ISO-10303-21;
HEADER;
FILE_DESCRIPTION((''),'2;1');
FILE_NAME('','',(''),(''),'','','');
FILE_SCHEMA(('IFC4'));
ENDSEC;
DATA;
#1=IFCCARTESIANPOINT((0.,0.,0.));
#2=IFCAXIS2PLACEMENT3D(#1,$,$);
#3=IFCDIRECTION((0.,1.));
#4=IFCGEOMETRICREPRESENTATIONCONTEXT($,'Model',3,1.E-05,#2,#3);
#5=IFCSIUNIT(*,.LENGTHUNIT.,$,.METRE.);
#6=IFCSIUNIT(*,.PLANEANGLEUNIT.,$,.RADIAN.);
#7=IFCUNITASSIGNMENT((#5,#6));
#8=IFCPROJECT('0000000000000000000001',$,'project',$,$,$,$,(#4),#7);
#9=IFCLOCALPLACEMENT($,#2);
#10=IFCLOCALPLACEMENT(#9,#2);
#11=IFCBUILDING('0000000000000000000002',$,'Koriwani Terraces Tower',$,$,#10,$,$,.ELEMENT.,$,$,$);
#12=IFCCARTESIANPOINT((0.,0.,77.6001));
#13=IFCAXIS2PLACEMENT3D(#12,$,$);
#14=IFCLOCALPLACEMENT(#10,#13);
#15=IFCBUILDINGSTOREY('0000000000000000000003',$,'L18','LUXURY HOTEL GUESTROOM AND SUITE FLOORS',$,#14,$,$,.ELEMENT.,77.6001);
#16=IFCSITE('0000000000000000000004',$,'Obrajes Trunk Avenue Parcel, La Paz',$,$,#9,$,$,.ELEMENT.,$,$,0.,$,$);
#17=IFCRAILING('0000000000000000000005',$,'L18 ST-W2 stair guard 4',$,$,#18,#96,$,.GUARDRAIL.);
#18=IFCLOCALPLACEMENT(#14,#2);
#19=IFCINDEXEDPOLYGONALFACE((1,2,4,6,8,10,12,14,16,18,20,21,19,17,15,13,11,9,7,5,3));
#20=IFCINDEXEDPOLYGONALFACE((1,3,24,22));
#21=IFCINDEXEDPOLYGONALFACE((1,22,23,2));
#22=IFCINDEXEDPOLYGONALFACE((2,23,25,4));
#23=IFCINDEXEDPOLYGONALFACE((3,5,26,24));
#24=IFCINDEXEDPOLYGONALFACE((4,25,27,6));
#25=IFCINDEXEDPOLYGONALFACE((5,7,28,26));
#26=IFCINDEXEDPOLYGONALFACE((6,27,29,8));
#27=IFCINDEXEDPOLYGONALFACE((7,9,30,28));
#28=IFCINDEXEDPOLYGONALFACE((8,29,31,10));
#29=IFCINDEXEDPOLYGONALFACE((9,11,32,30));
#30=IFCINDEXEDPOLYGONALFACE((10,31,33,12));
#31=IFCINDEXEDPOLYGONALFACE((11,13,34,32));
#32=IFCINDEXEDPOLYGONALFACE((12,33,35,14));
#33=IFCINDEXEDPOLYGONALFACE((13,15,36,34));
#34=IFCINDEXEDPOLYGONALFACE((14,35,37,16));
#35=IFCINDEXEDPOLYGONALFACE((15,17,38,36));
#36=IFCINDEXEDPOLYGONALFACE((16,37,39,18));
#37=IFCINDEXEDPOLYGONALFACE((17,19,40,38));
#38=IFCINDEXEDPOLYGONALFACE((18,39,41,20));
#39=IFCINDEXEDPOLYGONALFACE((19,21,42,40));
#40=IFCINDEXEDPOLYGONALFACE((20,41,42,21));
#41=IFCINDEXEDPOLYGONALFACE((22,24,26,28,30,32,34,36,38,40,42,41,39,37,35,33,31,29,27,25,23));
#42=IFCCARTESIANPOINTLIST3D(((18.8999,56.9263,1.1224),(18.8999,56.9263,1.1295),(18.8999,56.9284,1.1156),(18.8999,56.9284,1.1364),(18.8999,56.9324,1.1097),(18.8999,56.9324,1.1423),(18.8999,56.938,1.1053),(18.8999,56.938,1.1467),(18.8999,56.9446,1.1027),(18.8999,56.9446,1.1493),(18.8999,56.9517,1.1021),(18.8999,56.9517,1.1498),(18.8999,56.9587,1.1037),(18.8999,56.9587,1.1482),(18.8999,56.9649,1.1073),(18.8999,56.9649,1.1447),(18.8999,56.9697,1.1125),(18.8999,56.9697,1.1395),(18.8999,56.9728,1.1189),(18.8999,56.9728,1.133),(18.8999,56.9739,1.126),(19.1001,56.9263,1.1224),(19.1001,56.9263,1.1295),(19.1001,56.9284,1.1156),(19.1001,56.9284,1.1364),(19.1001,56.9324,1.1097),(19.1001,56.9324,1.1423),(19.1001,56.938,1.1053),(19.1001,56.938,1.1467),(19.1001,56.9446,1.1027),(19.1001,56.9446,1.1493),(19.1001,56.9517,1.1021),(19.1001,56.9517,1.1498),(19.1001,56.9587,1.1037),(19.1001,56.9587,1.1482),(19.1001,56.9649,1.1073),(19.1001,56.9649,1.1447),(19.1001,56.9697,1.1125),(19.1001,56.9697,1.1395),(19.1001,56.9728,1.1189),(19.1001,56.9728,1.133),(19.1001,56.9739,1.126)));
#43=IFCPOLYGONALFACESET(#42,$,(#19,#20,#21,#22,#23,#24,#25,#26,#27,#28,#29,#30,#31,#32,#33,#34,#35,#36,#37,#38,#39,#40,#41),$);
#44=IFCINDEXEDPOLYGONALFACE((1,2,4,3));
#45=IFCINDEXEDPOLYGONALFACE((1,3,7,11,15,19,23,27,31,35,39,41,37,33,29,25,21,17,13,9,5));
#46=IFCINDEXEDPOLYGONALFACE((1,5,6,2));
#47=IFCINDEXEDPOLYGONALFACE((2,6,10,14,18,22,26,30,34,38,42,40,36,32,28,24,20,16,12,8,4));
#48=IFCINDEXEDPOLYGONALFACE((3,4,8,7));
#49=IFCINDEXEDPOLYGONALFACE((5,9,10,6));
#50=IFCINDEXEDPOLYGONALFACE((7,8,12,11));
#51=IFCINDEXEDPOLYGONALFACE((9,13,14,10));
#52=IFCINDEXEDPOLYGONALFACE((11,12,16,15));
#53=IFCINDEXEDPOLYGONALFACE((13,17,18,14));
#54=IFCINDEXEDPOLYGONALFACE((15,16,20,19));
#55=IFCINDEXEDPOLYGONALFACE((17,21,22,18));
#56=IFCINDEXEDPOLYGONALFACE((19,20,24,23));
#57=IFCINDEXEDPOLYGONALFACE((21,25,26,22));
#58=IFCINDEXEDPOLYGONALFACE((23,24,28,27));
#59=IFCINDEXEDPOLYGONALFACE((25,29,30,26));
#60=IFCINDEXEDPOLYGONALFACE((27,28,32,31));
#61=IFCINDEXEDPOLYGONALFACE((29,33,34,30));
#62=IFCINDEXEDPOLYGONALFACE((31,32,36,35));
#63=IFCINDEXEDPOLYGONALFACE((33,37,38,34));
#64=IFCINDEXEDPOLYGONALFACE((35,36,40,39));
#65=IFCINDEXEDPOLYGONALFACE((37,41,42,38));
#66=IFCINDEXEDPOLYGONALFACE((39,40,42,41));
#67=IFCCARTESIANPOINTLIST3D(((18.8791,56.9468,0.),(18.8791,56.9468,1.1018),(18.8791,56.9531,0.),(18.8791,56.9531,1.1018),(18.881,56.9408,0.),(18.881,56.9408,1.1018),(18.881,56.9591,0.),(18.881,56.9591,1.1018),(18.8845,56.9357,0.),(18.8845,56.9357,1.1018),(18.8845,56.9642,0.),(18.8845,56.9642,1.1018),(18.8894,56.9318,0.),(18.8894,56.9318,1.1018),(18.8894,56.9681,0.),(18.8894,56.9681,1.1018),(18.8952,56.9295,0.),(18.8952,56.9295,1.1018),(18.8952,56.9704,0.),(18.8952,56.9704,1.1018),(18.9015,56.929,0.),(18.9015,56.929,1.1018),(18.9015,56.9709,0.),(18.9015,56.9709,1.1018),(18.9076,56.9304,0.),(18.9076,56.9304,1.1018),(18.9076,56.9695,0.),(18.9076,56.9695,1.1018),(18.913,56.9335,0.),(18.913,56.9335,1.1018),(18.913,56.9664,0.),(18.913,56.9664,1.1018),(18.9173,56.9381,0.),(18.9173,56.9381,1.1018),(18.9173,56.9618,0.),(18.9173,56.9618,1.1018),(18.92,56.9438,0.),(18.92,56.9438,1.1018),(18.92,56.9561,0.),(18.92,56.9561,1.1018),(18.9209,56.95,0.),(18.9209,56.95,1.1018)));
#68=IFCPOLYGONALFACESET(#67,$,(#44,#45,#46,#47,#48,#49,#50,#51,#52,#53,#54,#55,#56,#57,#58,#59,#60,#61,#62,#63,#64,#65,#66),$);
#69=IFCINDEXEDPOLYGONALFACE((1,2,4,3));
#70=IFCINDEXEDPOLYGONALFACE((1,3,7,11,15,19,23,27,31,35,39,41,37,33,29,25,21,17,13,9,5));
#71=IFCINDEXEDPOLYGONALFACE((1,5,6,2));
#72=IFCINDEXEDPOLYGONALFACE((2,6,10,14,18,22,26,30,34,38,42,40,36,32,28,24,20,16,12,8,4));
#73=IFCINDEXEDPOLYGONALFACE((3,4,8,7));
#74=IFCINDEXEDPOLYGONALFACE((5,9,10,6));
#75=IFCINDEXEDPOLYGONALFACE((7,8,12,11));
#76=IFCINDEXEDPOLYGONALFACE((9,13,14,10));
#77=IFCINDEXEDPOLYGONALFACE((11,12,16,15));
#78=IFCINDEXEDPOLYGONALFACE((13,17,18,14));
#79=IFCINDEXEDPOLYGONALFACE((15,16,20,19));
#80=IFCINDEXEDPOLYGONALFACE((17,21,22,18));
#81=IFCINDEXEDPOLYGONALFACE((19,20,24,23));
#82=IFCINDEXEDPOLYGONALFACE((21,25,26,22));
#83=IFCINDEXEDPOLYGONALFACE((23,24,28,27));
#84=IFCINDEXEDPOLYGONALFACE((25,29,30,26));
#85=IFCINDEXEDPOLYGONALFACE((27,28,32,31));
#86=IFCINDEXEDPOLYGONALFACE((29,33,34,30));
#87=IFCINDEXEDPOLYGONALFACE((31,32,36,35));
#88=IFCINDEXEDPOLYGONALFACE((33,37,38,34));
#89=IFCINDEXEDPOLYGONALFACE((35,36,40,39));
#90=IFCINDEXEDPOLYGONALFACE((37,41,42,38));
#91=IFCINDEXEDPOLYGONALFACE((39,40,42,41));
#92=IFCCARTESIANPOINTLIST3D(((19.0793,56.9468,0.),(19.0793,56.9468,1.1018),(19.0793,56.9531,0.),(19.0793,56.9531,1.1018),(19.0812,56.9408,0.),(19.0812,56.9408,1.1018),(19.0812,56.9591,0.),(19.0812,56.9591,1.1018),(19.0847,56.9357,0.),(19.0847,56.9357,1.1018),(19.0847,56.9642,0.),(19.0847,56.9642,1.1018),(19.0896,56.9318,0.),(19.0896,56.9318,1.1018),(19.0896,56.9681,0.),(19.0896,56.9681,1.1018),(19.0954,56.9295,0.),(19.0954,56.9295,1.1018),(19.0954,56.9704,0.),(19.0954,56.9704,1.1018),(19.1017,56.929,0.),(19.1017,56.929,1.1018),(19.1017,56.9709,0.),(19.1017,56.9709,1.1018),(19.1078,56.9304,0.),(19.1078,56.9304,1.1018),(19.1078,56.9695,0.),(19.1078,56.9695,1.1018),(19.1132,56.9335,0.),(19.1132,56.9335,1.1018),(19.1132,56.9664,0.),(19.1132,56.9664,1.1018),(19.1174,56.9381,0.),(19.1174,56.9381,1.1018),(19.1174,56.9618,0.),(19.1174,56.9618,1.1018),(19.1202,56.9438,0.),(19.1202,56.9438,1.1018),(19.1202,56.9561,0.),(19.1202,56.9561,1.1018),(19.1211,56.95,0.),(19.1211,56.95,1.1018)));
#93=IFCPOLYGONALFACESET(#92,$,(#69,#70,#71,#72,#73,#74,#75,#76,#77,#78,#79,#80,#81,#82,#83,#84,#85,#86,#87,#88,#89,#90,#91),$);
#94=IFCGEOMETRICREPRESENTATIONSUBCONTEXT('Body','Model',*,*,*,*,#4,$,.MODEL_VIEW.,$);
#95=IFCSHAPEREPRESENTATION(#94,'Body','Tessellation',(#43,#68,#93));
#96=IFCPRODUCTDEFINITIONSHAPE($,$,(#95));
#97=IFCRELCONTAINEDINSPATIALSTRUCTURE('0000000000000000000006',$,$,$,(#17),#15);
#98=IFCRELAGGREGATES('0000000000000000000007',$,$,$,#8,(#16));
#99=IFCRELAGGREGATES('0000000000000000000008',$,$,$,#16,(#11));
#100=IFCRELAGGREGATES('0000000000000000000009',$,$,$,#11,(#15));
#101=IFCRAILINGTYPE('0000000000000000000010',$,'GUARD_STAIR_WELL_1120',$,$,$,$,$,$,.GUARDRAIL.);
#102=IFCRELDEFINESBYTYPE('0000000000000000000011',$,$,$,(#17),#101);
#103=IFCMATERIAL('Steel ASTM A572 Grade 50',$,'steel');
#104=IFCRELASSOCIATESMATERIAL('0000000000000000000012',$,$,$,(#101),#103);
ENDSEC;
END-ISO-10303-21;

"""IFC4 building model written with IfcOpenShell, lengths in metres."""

from ifc_helpers import new_model, si_unit, direction, frame, origin, origin_2d, place, context, subcontext, project, spatial, circle, extrude, material, type_object, element, save


model = new_model("IFC4")

# Units and contexts
model_context = context("Model", 3, precision=1e-05, world=origin(), true_north=direction((0.0, 1.0)))
body_context = subcontext(model_context, "Body", "Model", "MODEL_VIEW")
ifc_project = project(units=[si_unit("LENGTHUNIT", "METRE"), si_unit("PLANEANGLEUNIT", "RADIAN")], contexts=[model_context])

# Site, building, storey
site_placement = place(None, origin())
site = spatial("IfcSite", under=ifc_project, at=site_placement, Name="Obrajes Trunk Avenue Parcel, La Paz", CompositionType="ELEMENT", RefElevation=0.0)
building_placement = place(site_placement, origin())
building = spatial("IfcBuilding", under=site, at=building_placement, Name="Koriwani Terraces Tower", CompositionType="ELEMENT")
storey_placement = place(building_placement, frame((0.0, 0.0, 77.6001)))
storey = spatial("IfcBuildingStorey", under=building, at=storey_placement, Name="L18", Description="LUXURY HOTEL GUESTROOM AND SUITE FLOORS", CompositionType="ELEMENT", Elevation=77.6001)

# Shared definitions
ifc_material_1 = material(Name="Steel ASTM A572 Grade 50", Category="steel")

# Railing
railing_type_1 = type_object("IfcRailingType", Name="GUARD_STAIR_WELL_1120", PredefinedType="GUARDRAIL", material=ifc_material_1)
railing_1_placement = place(storey_placement, frame((18.8999, 56.95, 0.0)))
element("IfcRailing", 1, at=railing_1_placement, inside=storey, type_object=railing_type_1, Name="L18 ST-W2 stair guard 4", PredefinedType="GUARDRAIL", context=body_context, shape_type="SweptSolid", body=[
    extrude(circle(Radius=0.0239, at=origin_2d()), frame((0.0, 0.0, 1.126), z_axis=(1.0, 0.0, 0.0), x_axis=(0.0, 1.0, 0.0)), (0.0, 0.0, 1.0), 0.2002),
    extrude(circle(Radius=0.021, at=origin_2d()), origin(), (0.0, 0.0, 1.0), 1.1018),
    extrude(circle(Radius=0.021, at=origin_2d()), frame((0.2002, 0.0, 0.0)), (0.0, 0.0, 1.0), 1.1018),
])

save(model, "model.ifc")
